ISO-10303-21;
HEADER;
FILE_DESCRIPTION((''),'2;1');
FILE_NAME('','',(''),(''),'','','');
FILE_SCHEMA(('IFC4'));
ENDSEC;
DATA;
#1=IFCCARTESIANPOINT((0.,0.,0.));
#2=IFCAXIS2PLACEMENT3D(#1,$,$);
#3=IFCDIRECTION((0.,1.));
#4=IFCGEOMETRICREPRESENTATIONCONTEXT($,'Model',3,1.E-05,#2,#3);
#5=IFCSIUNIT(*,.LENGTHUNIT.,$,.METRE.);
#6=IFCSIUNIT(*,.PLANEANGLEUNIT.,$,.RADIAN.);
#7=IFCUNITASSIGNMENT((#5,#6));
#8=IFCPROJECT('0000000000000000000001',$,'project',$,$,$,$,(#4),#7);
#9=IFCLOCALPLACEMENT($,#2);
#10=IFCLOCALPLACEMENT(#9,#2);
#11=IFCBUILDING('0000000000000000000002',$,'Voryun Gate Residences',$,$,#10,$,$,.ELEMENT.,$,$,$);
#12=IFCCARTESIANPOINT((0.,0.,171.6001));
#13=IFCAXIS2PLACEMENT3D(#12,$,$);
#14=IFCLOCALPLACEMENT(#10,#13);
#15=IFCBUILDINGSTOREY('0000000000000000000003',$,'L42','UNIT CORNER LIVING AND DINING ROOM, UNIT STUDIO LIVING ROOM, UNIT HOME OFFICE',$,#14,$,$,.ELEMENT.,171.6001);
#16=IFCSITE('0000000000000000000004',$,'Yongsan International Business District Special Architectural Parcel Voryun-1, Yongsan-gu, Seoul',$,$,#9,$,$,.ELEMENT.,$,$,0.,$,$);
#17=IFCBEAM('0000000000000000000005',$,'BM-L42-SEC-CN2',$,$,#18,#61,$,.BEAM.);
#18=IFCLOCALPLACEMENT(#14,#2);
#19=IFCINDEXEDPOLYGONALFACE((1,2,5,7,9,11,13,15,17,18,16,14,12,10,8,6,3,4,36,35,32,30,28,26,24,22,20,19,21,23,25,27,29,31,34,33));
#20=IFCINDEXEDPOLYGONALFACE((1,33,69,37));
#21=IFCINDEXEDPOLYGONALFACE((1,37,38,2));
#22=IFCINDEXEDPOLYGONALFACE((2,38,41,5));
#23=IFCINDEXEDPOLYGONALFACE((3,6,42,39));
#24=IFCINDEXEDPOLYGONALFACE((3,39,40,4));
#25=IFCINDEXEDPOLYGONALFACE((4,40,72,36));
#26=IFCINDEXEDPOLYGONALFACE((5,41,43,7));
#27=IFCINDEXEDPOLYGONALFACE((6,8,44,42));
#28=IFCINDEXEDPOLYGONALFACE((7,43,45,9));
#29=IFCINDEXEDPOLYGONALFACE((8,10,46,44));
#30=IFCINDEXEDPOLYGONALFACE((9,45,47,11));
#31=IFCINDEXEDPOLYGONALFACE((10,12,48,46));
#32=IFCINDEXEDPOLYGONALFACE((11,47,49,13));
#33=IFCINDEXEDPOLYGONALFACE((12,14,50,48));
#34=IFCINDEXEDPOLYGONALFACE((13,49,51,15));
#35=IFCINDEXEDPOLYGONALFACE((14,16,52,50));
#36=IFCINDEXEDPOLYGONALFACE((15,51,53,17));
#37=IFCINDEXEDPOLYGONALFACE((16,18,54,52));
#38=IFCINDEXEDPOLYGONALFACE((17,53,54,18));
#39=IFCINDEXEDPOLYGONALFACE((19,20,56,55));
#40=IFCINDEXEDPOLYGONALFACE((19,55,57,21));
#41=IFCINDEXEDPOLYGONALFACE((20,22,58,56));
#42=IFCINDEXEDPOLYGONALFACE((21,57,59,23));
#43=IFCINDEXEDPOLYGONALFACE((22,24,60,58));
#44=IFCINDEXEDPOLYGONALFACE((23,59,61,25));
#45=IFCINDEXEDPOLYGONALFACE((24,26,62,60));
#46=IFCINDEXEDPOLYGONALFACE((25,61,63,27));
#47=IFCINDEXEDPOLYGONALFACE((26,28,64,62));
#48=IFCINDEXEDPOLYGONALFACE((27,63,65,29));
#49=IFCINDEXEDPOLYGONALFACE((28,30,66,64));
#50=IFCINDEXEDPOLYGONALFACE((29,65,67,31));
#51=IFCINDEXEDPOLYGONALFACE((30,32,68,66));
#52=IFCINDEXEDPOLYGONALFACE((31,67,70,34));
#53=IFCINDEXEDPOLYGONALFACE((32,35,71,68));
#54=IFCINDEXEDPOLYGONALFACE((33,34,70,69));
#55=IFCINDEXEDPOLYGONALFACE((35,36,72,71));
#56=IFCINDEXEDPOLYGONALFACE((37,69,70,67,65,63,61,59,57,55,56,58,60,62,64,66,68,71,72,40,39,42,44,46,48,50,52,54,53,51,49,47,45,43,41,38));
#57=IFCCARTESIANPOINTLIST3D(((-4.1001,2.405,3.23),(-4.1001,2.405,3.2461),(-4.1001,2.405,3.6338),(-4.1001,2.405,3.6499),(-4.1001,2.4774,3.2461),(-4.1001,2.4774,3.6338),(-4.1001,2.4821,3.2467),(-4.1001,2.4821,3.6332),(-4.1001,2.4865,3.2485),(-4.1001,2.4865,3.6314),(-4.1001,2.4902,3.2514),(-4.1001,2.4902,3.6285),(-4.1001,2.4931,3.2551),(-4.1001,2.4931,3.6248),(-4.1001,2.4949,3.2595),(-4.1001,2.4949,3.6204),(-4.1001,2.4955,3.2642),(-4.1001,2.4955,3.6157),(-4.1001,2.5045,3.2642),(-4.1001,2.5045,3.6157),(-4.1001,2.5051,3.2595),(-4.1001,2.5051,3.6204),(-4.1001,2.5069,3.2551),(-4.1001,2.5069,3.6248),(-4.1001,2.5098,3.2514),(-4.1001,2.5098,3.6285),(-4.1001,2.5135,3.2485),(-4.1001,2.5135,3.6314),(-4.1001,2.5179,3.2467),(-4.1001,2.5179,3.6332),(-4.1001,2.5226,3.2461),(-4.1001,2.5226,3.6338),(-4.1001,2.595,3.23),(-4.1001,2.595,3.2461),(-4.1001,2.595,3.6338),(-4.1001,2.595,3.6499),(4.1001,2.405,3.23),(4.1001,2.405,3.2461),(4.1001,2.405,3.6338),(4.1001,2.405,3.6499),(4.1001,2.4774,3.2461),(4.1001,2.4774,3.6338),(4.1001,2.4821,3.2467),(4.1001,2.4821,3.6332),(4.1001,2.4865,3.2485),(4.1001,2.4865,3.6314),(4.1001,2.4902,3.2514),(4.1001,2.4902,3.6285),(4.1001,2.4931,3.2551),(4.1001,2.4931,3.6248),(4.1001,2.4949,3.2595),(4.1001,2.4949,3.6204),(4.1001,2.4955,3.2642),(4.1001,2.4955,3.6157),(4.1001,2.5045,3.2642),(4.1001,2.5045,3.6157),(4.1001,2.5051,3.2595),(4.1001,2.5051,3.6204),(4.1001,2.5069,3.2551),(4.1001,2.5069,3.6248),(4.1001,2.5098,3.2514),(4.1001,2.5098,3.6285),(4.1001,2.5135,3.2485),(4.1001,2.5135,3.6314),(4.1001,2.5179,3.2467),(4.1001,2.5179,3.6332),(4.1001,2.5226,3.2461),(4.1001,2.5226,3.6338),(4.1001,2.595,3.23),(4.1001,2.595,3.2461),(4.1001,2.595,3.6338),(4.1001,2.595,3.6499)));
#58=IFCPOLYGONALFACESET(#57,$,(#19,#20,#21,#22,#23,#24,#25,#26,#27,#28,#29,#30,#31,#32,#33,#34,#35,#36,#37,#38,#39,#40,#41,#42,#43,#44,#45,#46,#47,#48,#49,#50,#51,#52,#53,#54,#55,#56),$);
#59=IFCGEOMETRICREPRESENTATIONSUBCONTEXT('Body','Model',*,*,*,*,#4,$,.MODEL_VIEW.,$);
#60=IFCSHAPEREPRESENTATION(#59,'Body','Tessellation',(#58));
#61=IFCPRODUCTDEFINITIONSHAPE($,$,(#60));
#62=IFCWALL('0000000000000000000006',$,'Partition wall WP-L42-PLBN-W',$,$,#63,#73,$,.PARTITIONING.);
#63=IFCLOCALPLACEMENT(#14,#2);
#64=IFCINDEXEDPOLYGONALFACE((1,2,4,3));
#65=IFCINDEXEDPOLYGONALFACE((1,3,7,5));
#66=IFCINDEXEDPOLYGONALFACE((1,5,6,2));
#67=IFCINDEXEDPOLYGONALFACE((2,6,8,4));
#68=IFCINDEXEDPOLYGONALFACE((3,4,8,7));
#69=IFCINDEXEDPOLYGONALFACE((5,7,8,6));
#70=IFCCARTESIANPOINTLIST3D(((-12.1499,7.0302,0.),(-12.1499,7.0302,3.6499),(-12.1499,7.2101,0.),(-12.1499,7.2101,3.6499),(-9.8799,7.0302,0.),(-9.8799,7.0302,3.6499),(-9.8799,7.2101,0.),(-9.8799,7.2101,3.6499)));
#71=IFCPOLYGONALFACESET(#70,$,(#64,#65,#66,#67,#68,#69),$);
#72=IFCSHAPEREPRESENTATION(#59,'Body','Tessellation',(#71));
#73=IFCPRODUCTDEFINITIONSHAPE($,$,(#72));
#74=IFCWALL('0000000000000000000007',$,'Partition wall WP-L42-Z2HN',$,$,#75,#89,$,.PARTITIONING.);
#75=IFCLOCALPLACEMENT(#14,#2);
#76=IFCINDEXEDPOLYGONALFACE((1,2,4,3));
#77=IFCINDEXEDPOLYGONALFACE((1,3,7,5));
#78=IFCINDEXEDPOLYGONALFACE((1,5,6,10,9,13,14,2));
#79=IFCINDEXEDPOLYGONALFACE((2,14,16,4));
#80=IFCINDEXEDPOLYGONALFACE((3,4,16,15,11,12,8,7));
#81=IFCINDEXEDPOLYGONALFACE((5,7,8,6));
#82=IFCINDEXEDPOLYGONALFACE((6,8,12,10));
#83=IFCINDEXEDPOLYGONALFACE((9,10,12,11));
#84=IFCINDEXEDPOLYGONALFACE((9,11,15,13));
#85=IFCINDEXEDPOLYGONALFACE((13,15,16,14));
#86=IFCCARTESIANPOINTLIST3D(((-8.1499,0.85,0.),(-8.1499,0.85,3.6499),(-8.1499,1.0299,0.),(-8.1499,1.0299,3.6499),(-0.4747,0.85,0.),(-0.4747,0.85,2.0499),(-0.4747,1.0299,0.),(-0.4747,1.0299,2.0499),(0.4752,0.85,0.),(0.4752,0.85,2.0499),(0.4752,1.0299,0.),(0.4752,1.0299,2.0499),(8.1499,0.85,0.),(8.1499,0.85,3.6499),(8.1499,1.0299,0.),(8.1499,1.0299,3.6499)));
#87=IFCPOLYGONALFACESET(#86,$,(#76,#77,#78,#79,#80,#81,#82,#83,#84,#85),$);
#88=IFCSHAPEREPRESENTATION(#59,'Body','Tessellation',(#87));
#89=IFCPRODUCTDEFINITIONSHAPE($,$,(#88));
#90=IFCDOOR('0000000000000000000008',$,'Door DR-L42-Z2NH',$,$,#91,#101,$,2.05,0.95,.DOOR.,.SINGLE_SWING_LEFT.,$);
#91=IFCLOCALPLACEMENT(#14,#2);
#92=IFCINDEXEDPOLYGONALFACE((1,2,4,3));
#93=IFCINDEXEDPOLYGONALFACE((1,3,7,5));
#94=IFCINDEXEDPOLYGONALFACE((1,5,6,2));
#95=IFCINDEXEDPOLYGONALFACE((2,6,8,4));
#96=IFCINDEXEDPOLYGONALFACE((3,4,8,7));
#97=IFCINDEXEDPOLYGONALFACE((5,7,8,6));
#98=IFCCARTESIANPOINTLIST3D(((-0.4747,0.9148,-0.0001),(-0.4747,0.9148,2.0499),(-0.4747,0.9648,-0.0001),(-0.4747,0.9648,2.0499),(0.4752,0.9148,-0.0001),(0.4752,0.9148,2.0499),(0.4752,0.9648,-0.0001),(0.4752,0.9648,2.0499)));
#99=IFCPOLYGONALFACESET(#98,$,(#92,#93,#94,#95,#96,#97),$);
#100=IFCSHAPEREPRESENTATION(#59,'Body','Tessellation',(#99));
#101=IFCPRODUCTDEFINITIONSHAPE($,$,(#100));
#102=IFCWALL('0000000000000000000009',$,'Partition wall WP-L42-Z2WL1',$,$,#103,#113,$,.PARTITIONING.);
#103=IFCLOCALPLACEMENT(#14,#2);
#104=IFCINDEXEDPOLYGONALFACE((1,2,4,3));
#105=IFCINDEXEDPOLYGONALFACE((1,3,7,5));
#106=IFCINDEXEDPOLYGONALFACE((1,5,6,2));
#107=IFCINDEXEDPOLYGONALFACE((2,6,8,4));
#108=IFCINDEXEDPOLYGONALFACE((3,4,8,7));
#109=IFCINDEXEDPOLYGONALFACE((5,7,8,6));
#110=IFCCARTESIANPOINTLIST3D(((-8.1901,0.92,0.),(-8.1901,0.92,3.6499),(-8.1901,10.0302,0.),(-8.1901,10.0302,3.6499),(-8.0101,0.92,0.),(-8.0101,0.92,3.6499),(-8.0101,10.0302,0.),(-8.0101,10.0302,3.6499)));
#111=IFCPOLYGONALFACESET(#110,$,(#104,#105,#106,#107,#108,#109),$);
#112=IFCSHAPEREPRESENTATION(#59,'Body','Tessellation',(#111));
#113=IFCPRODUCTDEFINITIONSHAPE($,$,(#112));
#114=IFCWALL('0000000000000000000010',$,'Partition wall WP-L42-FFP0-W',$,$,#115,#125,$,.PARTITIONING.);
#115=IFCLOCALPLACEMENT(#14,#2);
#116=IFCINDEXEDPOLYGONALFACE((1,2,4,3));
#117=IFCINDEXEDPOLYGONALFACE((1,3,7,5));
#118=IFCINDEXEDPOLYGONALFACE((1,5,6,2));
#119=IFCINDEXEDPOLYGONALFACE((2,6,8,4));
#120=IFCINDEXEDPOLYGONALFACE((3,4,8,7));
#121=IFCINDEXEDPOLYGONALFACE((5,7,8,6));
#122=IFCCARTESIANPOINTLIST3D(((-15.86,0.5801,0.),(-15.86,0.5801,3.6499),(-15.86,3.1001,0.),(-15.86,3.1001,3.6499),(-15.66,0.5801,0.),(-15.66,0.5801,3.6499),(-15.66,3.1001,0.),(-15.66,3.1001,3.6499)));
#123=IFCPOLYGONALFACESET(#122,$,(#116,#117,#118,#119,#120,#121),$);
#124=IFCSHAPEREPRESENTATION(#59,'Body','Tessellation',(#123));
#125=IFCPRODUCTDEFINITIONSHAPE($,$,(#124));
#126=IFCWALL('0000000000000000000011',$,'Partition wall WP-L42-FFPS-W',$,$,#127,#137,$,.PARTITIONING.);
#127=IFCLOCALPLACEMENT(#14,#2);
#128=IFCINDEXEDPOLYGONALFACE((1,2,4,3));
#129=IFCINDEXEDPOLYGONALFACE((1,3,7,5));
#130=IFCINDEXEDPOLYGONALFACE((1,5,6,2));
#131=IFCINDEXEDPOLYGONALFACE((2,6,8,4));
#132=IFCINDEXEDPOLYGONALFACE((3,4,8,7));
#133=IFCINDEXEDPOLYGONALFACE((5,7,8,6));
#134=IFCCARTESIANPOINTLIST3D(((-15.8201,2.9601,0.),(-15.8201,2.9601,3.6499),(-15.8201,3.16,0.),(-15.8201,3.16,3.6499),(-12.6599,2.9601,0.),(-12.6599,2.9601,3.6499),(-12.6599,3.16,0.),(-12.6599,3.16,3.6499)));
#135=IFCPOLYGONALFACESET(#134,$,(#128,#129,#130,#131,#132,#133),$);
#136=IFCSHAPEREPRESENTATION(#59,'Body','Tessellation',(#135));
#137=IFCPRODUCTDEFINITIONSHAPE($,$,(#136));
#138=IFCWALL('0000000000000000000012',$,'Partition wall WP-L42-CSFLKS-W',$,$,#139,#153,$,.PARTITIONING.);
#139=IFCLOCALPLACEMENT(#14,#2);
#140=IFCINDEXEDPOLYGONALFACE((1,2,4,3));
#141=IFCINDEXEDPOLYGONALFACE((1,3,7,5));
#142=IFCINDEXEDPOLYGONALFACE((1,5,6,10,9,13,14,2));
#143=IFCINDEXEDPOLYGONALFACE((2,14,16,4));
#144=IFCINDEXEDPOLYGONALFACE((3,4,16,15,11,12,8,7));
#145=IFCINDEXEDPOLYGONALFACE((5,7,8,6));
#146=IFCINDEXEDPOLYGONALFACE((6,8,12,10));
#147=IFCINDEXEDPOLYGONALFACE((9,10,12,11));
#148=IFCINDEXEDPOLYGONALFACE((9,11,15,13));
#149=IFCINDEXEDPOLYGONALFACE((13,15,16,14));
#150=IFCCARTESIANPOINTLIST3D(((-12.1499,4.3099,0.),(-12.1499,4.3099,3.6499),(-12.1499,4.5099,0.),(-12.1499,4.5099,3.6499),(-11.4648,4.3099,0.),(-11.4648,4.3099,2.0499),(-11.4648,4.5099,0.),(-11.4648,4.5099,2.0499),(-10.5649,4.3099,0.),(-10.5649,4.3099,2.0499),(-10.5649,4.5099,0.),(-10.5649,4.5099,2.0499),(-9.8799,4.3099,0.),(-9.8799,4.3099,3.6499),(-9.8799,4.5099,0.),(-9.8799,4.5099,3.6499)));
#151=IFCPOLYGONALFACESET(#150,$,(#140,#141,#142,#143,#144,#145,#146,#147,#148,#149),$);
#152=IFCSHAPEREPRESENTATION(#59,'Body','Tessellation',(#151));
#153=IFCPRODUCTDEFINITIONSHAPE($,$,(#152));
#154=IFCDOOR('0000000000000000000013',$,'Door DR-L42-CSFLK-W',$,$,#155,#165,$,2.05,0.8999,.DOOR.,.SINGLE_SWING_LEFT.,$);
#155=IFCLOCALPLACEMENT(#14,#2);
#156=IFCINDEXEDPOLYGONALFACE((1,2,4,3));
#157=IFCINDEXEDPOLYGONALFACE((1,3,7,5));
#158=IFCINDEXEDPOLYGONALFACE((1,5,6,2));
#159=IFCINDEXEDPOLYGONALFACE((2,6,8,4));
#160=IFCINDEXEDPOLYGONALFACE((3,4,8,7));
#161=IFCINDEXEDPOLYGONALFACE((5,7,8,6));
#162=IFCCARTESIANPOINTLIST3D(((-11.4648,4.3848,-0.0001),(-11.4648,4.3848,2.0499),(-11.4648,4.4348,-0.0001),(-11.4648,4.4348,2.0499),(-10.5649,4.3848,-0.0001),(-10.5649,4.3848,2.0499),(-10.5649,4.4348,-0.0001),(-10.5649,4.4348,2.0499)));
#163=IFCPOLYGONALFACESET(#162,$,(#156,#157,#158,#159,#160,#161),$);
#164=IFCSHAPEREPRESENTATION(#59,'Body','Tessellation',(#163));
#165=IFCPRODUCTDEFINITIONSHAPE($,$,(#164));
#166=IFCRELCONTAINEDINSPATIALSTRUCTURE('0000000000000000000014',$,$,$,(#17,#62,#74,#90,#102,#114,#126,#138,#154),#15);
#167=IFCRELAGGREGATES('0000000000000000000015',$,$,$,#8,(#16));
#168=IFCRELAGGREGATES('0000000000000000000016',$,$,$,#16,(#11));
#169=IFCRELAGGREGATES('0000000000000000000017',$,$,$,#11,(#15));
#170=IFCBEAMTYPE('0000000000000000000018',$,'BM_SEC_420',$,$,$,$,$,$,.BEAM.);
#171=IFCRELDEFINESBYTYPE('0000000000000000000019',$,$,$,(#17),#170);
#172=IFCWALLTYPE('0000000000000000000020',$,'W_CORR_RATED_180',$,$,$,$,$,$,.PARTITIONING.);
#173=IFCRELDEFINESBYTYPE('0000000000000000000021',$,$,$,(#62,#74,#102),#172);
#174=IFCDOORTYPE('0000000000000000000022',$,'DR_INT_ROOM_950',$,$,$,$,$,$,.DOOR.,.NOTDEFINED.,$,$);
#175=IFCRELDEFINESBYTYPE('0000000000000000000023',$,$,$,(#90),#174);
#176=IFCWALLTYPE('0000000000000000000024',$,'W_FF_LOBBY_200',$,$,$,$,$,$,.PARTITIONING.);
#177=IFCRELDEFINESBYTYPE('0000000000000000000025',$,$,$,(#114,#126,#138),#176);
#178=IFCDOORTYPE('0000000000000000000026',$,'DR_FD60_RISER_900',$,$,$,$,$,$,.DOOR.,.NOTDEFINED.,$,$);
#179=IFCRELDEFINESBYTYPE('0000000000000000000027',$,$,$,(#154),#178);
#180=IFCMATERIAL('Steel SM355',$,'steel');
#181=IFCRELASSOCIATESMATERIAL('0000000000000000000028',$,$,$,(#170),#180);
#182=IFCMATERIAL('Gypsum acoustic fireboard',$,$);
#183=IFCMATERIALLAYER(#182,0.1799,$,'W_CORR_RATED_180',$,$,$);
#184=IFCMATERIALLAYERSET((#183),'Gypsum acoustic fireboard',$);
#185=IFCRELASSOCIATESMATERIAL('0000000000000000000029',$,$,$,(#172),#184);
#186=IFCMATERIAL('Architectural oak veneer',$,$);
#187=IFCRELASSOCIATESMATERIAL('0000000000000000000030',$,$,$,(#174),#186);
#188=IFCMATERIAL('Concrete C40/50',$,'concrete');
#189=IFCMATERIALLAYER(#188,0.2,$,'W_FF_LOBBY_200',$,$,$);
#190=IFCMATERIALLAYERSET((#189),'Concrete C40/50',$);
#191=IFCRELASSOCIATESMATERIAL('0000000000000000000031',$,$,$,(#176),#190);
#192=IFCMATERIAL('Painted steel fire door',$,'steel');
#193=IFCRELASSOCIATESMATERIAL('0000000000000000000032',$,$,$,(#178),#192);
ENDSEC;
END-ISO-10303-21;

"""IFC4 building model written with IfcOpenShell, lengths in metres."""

from ifc_helpers import new_model, si_unit, direction, frame, frame_2d, origin, origin_2d, place, context, subcontext, project, spatial, rectangle, i_section, extrude, material, layer, layer_set, material_profile, profile_set, type_object, element, fill, save


model = new_model("IFC4")

# Units and contexts
model_context = context("Model", 3, precision=1e-05, world=origin(), true_north=direction((0.0, 1.0)))
body_context = subcontext(model_context, "Body", "Model", "MODEL_VIEW")
ifc_project = project(units=[si_unit("LENGTHUNIT", "METRE"), si_unit("PLANEANGLEUNIT", "RADIAN")], contexts=[model_context])

# Site, building, storey
site_placement = place(None, origin())
site = spatial("IfcSite", under=ifc_project, at=site_placement, Name="Yongsan International Business District Special Architectural Parcel Voryun-1, Yongsan-gu, Seoul", CompositionType="ELEMENT", RefElevation=0.0)
building_placement = place(site_placement, origin())
building = spatial("IfcBuilding", under=site, at=building_placement, Name="Voryun Gate Residences", CompositionType="ELEMENT")
storey_placement = place(building_placement, frame((0.0, 0.0, 171.6001)))
storey = spatial("IfcBuildingStorey", under=building, at=storey_placement, Name="L42", Description="UNIT CORNER LIVING AND DINING ROOM, UNIT STUDIO LIVING ROOM, UNIT HOME OFFICE", CompositionType="ELEMENT", Elevation=171.6001)

# Beam
ifc_material_1 = material(Name="Steel SM355", Category="steel")
ifc_material_profile_1 = material_profile(ifc_material_1, i_section(OverallWidth=0.1899, OverallDepth=0.4199, WebThickness=0.009, FlangeThickness=0.0161, FilletRadius=0.0181, at=origin_2d()), Name="H-420x190x9x16")
ifc_profile_set_1 = profile_set([ifc_material_profile_1], Name="Steel SM355")
beam_type = type_object("IfcBeamType", Name="BM_SEC_420", PredefinedType="BEAM", material=ifc_profile_set_1)
beam_1_placement = place(storey_placement, frame((-4.1001, 2.5, 3.4399), z_axis=(1.0, 0.0, 0.0), x_axis=(0.0, 1.0, 0.0)))
element("IfcBeam", 1, at=beam_1_placement, inside=storey, type_object=beam_type, Name="BM-L42-SEC-CN2", PredefinedType="BEAM", context=body_context, shape_type="SweptSolid", body=[
    extrude(i_section(OverallWidth=0.1899, OverallDepth=0.4199, WebThickness=0.009, FlangeThickness=0.0161, FilletRadius=0.0181, at=origin_2d()), origin(), (0.0, 0.0, 1.0), 8.2002),
])

# Wall
ifc_material_2 = material(Name="Gypsum acoustic fireboard")
ifc_layer_1 = layer(ifc_material_2, 0.1799, Name="W_CORR_RATED_180")
ifc_layer_set_1 = layer_set([ifc_layer_1], Name="Gypsum acoustic fireboard")
wall_type_1 = type_object("IfcWallType", Name="W_CORR_RATED_180", PredefinedType="PARTITIONING", material=ifc_layer_set_1)
wall_1_placement = place(storey_placement, frame((-12.1499, 7.1201, 0.0), z_axis=(0.0, 0.0, 1.0), x_axis=(1.0, 0.0, 0.0)))
element("IfcWall", 2, at=wall_1_placement, inside=storey, type_object=wall_type_1, Name="Partition wall WP-L42-PLBN-W", PredefinedType="PARTITIONING", context=body_context, shape_type="SweptSolid", body=[
    extrude(rectangle(XDim=2.27, YDim=0.1799, at=frame_2d((1.135, 0.0))), origin(), (0.0, 0.0, 1.0), 3.6499),
])

# Wall, opening, door
wall_2_placement = place(storey_placement, frame((-8.1499, 0.9399, 0.0), z_axis=(0.0, 0.0, 1.0), x_axis=(1.0, 0.0, 0.0)))
wall_2 = element("IfcWall", 3, at=wall_2_placement, inside=storey, type_object=wall_type_1, Name="Partition wall WP-L42-Z2HN", PredefinedType="PARTITIONING", context=body_context, shape_type="SweptSolid", body=[
    extrude(rectangle(XDim=16.2998, YDim=0.1799, at=frame_2d((8.1499, 0.0))), origin(), (0.0, 0.0, 1.0), 3.6499),
])
opening_1_placement = place(wall_2_placement, frame((7.675, 0.0, 0.0)))
opening_1 = element("IfcOpeningElement", 4, at=opening_1_placement, cuts=wall_2, PredefinedType="OPENING", context=body_context, shape_type="SweptSolid", body=[
    extrude(rectangle(XDim=0.95, YDim=2.05, at=frame_2d((0.4751, 1.0249))), frame((0.0, 0.0999, 0.0), z_axis=(0.0, -1.0, 0.0), x_axis=(1.0, 0.0, 0.0)), (0.0, 0.0, 1.0), 0.2),
])
ifc_material_3 = material(Name="Architectural oak veneer")
door_type_1 = type_object("IfcDoorType", Name="DR_INT_ROOM_950", OperationType="NOTDEFINED", PredefinedType="DOOR", material=ifc_material_3)
door_1_placement = place(opening_1_placement, origin())
door_1 = element("IfcDoor", 5, at=door_1_placement, inside=storey, type_object=door_type_1, Name="Door DR-L42-Z2NH", OperationType="SINGLE_SWING_LEFT", OverallHeight=2.05, OverallWidth=0.95, PredefinedType="DOOR", context=body_context, shape_type="SweptSolid", body=[
    extrude(rectangle(XDim=0.95, YDim=2.05, at=frame_2d((0.4751, 1.0249))), frame((0.0, 0.0249, 0.0), z_axis=(0.0, -1.0, 0.0), x_axis=(1.0, 0.0, 0.0)), (0.0, 0.0, 1.0), 0.05),
])
fill(opening_1, door_1)

# Walls
wall_3_placement = place(storey_placement, frame((-8.1001, 0.9199, 0.0), z_axis=(0.0, 0.0, 1.0), x_axis=(0.0, 1.0, 0.0)))
element("IfcWall", 6, at=wall_3_placement, inside=storey, type_object=wall_type_1, Name="Partition wall WP-L42-Z2WL1", PredefinedType="PARTITIONING", context=body_context, shape_type="SweptSolid", body=[
    extrude(rectangle(XDim=9.1101, YDim=0.1799, at=frame_2d((4.5552, 0.0))), origin(), (0.0, 0.0, 1.0), 3.6499),
])
ifc_material_4 = material(Name="Concrete C40/50", Category="concrete")
ifc_layer_2 = layer(ifc_material_4, 0.2, Name="W_FF_LOBBY_200")
ifc_layer_set_2 = layer_set([ifc_layer_2], Name="Concrete C40/50")
wall_type_2 = type_object("IfcWallType", Name="W_FF_LOBBY_200", PredefinedType="PARTITIONING", material=ifc_layer_set_2)
wall_4_placement = place(storey_placement, frame((-15.76, 0.5801, 0.0), z_axis=(0.0, 0.0, 1.0), x_axis=(0.0, 1.0, 0.0)))
element("IfcWall", 7, at=wall_4_placement, inside=storey, type_object=wall_type_2, Name="Partition wall WP-L42-FFP0-W", PredefinedType="PARTITIONING", context=body_context, shape_type="SweptSolid", body=[
    extrude(rectangle(XDim=2.52, YDim=0.2, at=frame_2d((1.26, 0.0))), origin(), (0.0, 0.0, 1.0), 3.6499),
])
wall_5_placement = place(storey_placement, frame((-15.8201, 3.0601, 0.0), z_axis=(0.0, 0.0, 1.0), x_axis=(1.0, 0.0, 0.0)))
element("IfcWall", 8, at=wall_5_placement, inside=storey, type_object=wall_type_2, Name="Partition wall WP-L42-FFPS-W", PredefinedType="PARTITIONING", context=body_context, shape_type="SweptSolid", body=[
    extrude(rectangle(XDim=3.1602, YDim=0.2, at=frame_2d((1.5801, 0.0))), origin(), (0.0, 0.0, 1.0), 3.6499),
])

# Wall, opening, door
wall_6_placement = place(storey_placement, frame((-12.1499, 4.4099, 0.0), z_axis=(0.0, 0.0, 1.0), x_axis=(1.0, 0.0, 0.0)))
wall_6 = element("IfcWall", 9, at=wall_6_placement, inside=storey, type_object=wall_type_2, Name="Partition wall WP-L42-CSFLKS-W", PredefinedType="PARTITIONING", context=body_context, shape_type="SweptSolid", body=[
    extrude(rectangle(XDim=2.27, YDim=0.2, at=frame_2d((1.135, 0.0))), origin(), (0.0, 0.0, 1.0), 3.6499),
])
opening_2_placement = place(wall_6_placement, frame((0.6851, 0.0, 0.0)))
opening_2 = element("IfcOpeningElement", 10, at=opening_2_placement, cuts=wall_6, PredefinedType="OPENING", context=body_context, shape_type="SweptSolid", body=[
    extrude(rectangle(XDim=0.8999, YDim=2.05, at=frame_2d((0.45, 1.0249))), frame((0.0, 0.1101, 0.0), z_axis=(0.0, -1.0, 0.0), x_axis=(1.0, 0.0, 0.0)), (0.0, 0.0, 1.0), 0.22),
])
ifc_material_5 = material(Name="Painted steel fire door", Category="steel")
door_type_2 = type_object("IfcDoorType", Name="DR_FD60_RISER_900", OperationType="NOTDEFINED", PredefinedType="DOOR", material=ifc_material_5)
door_2_placement = place(opening_2_placement, origin())
door_2 = element("IfcDoor", 11, at=door_2_placement, inside=storey, type_object=door_type_2, Name="Door DR-L42-CSFLK-W", OperationType="SINGLE_SWING_LEFT", OverallHeight=2.05, OverallWidth=0.8999, PredefinedType="DOOR", context=body_context, shape_type="SweptSolid", body=[
    extrude(rectangle(XDim=0.8999, YDim=2.05, at=frame_2d((0.45, 1.0249))), frame((0.0, 0.0249, 0.0), z_axis=(0.0, -1.0, 0.0), x_axis=(1.0, 0.0, 0.0)), (0.0, 0.0, 1.0), 0.05),
])
fill(opening_2, door_2)

save(model, "model.ifc")
